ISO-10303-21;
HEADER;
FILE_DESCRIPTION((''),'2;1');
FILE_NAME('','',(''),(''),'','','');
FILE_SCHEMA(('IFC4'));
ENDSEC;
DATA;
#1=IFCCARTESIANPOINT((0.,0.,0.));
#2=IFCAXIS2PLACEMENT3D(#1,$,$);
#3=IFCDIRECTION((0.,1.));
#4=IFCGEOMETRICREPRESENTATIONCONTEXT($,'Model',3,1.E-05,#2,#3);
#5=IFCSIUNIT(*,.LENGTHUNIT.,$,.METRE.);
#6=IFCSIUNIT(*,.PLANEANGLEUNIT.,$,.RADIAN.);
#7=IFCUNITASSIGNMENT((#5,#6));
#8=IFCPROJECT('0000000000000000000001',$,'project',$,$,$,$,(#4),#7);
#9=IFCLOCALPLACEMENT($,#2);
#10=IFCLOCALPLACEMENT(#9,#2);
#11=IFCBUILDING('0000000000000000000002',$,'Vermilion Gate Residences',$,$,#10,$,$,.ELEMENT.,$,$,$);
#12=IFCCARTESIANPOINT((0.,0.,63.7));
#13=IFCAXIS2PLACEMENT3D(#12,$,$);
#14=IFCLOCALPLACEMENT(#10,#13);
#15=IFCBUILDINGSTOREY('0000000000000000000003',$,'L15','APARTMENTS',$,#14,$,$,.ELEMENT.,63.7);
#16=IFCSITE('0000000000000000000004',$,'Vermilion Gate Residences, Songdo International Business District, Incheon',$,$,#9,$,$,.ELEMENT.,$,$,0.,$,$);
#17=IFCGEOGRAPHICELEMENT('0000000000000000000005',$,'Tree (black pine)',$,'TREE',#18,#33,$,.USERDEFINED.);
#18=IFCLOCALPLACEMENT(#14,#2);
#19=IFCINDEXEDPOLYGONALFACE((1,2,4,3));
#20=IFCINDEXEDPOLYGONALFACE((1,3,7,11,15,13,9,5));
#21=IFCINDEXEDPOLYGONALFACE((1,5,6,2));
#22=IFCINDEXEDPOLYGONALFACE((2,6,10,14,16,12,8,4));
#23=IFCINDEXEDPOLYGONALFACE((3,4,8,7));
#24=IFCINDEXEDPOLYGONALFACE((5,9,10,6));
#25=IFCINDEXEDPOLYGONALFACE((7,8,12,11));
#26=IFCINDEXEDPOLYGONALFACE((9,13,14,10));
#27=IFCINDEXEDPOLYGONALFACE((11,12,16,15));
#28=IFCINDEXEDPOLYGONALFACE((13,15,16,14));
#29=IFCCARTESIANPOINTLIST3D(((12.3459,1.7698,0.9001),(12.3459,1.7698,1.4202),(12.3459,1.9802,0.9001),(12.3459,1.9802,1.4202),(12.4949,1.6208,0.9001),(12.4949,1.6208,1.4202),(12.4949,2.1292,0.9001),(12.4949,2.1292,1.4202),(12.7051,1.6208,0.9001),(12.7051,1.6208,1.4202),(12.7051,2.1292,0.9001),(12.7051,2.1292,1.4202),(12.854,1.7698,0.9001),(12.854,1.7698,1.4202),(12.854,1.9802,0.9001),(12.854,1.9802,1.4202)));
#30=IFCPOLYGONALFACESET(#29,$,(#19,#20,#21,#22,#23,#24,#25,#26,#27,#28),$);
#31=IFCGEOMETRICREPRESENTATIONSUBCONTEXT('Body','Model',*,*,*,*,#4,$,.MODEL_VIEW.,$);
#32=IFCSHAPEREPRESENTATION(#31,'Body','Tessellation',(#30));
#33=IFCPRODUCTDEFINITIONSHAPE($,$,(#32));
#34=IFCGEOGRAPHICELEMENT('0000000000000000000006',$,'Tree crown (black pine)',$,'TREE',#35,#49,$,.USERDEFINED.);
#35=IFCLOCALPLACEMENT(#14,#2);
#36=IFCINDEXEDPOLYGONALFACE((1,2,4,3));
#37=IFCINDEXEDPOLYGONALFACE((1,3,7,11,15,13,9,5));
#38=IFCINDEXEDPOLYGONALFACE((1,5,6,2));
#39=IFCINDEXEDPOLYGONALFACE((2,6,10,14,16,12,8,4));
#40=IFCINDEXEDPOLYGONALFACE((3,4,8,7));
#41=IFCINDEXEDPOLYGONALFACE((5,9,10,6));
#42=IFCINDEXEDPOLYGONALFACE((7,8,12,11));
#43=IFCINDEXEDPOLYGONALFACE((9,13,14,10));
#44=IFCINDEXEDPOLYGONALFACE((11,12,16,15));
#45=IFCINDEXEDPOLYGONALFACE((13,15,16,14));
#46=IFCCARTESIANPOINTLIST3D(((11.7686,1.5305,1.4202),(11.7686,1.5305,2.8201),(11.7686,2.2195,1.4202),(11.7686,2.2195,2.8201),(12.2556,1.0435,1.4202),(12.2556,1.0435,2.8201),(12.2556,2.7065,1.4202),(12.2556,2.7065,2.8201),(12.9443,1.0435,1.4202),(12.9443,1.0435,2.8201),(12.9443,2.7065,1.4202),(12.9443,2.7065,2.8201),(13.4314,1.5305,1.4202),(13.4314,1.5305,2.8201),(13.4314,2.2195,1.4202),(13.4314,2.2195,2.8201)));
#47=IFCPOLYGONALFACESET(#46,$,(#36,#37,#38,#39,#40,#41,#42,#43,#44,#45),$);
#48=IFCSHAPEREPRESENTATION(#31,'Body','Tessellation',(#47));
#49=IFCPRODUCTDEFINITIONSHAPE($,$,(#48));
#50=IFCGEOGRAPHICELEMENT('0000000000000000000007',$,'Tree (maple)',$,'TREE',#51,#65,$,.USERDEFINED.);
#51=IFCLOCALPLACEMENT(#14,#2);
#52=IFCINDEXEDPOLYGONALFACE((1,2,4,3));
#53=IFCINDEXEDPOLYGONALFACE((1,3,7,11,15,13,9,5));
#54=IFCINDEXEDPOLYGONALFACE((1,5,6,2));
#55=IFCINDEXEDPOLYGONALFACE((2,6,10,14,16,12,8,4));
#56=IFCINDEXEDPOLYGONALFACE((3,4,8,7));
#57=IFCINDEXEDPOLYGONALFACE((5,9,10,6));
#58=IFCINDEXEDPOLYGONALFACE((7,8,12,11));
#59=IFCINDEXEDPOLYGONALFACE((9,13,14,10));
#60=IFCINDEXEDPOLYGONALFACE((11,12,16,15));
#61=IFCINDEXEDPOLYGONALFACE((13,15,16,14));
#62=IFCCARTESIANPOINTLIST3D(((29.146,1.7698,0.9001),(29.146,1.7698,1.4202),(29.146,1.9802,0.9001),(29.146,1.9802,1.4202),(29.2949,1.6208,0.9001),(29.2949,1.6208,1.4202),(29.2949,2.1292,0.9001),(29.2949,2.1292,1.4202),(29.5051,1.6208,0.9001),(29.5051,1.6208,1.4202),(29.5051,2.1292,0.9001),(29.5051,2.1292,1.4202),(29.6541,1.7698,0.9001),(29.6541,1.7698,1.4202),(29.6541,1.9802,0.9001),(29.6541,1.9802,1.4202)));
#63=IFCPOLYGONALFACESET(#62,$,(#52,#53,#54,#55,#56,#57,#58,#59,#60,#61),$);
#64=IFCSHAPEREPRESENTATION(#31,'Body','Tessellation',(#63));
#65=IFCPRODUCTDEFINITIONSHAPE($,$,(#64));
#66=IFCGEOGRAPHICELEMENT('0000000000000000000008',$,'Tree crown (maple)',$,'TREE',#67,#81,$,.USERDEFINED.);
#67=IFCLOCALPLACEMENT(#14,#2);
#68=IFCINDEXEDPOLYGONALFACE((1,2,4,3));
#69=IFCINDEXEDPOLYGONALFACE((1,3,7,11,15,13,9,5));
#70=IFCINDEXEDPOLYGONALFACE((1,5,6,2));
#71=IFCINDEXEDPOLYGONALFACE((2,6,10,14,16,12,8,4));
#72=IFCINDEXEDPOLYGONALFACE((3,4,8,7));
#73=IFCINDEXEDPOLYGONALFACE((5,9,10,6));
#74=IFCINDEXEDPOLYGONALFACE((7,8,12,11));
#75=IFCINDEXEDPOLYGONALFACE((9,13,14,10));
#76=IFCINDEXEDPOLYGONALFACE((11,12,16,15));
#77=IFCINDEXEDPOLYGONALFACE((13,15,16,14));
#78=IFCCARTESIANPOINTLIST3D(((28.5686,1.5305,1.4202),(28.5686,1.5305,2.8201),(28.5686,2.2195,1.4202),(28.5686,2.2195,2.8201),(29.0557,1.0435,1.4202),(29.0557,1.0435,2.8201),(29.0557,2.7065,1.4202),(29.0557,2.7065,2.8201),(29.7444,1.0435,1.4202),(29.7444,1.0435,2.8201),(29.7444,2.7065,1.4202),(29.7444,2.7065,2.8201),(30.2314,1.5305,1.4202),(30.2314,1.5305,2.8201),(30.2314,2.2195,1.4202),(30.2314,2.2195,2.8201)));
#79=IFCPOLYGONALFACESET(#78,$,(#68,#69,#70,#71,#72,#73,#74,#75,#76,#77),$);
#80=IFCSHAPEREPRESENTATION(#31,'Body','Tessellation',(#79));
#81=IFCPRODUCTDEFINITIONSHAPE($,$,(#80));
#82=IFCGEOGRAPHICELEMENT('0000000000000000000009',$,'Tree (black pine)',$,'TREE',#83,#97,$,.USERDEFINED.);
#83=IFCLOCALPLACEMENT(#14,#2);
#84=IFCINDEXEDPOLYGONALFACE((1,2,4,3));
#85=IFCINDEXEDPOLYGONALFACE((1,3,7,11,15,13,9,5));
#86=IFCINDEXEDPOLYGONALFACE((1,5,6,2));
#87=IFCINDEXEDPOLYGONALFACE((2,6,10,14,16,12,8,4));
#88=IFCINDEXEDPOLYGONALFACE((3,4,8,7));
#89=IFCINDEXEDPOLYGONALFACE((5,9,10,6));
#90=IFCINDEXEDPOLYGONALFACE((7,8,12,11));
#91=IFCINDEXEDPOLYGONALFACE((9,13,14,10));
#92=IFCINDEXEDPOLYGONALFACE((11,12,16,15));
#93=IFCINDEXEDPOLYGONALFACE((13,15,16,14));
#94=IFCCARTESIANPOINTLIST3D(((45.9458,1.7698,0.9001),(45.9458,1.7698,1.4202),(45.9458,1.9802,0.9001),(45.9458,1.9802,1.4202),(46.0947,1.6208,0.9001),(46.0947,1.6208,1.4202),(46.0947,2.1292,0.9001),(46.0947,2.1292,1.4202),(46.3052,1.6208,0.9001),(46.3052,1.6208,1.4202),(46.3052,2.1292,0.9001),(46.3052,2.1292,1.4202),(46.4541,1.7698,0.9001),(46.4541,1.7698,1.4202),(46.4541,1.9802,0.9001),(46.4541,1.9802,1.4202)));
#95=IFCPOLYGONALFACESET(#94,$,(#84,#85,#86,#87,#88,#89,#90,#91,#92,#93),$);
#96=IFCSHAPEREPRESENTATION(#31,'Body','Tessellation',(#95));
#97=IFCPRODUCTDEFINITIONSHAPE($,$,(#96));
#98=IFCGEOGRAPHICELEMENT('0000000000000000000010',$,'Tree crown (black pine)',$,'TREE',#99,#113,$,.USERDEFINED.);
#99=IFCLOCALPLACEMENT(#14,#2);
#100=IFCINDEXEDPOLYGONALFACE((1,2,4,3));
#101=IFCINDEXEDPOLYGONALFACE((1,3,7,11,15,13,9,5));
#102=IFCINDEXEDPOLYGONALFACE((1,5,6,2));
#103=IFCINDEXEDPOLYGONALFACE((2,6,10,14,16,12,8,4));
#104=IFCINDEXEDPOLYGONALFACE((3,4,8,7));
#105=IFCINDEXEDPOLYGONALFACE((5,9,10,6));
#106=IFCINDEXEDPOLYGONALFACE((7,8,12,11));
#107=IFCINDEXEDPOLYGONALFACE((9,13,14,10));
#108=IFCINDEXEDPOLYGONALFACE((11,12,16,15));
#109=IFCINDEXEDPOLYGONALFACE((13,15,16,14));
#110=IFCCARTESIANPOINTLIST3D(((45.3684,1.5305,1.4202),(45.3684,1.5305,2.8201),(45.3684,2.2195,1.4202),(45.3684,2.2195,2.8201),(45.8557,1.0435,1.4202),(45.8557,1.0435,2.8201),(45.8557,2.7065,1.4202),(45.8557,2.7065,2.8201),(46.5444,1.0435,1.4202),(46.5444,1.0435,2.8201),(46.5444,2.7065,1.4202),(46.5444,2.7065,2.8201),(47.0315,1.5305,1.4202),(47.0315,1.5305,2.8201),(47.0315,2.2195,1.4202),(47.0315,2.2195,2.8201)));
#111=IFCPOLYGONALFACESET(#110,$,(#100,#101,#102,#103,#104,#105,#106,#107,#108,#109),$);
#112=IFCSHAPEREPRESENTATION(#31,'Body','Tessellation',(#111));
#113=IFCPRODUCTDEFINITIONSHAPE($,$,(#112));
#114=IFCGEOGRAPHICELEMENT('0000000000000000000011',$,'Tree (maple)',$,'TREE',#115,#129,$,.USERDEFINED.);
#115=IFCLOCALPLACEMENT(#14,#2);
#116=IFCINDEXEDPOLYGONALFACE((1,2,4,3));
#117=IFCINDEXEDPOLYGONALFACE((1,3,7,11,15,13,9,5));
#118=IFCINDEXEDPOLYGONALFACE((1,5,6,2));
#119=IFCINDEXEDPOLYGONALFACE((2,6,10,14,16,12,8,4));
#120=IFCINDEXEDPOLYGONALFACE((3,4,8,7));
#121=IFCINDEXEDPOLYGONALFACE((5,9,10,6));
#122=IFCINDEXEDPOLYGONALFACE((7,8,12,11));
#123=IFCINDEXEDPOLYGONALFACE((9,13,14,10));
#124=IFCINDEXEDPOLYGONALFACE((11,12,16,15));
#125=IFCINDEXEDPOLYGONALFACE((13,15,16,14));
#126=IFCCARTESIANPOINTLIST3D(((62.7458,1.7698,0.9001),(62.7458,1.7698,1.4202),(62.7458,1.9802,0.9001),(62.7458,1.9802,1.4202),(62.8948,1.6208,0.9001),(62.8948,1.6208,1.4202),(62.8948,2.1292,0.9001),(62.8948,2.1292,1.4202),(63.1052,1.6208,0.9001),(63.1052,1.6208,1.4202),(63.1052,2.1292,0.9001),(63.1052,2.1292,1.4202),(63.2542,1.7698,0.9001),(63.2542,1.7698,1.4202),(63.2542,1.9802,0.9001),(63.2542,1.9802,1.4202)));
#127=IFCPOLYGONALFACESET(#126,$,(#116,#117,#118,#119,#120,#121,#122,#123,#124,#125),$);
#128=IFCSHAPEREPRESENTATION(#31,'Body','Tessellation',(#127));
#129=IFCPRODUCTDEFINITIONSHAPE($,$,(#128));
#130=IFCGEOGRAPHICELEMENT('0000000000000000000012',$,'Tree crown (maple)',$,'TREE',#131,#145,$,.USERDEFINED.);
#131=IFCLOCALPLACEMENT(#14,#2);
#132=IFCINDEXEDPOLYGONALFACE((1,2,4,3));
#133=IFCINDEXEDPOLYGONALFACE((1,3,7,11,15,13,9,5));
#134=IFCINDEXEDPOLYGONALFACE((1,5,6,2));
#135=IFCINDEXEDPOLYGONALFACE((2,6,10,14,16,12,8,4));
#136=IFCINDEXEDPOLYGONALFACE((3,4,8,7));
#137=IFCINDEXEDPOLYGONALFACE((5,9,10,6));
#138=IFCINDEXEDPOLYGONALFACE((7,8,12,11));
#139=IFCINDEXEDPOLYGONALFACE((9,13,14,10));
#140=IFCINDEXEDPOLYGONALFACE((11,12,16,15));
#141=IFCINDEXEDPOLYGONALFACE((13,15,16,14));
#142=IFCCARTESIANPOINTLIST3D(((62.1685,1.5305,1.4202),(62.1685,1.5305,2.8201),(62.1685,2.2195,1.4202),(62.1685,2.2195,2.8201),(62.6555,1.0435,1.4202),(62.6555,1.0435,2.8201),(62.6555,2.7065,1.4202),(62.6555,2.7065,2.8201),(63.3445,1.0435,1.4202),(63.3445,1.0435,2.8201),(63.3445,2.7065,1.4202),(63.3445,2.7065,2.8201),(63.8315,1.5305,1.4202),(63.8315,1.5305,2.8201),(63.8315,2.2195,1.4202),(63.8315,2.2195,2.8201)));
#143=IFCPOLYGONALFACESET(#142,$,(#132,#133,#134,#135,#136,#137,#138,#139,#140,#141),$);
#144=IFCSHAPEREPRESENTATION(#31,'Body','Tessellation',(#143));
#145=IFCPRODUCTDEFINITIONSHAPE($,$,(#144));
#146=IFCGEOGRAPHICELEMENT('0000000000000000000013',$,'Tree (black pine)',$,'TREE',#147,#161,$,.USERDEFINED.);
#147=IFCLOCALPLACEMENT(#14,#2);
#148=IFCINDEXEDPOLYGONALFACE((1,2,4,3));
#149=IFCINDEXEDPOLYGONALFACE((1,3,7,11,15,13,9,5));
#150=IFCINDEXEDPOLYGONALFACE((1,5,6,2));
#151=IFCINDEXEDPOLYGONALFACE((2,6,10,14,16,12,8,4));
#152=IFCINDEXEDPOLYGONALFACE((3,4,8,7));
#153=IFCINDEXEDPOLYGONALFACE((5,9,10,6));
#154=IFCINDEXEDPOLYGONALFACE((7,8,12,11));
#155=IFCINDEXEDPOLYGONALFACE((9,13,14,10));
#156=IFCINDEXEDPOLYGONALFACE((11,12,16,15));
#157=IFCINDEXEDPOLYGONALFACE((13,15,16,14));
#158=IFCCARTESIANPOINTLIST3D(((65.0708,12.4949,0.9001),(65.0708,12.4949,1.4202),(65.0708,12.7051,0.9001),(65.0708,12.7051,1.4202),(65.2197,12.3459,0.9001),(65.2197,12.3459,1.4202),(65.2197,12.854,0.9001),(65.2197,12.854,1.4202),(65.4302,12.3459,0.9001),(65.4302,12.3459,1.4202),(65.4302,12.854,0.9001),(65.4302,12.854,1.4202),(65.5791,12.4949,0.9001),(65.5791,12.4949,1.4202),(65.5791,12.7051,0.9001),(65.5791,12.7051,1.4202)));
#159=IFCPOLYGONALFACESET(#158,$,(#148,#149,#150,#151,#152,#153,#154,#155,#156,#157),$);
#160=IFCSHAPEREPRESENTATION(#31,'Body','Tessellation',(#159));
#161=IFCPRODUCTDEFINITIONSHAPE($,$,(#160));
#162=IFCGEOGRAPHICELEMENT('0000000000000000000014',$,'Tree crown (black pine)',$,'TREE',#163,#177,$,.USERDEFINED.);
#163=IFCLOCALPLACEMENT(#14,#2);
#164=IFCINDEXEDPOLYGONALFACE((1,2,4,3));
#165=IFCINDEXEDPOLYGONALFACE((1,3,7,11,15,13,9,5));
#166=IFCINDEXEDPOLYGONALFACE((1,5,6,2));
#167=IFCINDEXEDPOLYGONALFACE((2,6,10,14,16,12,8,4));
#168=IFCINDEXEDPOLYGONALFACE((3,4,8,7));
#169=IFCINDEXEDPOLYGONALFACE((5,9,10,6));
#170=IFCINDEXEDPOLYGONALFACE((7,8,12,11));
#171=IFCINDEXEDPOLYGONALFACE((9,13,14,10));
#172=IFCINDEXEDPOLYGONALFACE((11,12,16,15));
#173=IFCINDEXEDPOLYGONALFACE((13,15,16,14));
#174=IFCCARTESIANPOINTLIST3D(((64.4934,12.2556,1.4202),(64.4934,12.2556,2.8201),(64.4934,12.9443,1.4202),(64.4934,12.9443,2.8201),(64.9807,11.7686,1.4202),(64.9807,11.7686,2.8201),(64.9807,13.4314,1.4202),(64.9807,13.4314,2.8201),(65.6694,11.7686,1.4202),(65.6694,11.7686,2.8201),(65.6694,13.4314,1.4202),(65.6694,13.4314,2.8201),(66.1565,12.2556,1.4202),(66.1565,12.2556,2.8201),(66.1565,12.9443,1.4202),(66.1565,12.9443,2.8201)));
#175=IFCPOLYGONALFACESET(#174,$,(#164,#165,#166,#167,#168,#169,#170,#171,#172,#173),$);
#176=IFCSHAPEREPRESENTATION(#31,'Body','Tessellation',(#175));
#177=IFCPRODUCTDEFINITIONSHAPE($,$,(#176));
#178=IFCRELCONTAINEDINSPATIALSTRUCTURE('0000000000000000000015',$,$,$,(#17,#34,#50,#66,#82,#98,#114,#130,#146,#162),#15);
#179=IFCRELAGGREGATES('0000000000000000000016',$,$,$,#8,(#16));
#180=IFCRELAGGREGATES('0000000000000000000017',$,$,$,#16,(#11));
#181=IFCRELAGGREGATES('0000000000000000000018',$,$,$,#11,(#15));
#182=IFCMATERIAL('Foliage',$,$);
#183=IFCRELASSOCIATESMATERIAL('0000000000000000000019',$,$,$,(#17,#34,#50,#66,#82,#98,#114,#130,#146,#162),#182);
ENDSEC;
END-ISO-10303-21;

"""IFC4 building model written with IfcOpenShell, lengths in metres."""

from ifc_helpers import new_model, si_unit, direction, frame, origin, place, context, subcontext, project, spatial, polyline, outline, extrude, material, element, save


model = new_model("IFC4")

# Units and contexts
model_context = context("Model", 3, precision=1e-05, world=origin(), true_north=direction((0.0, 1.0)))
body_context = subcontext(model_context, "Body", "Model", "MODEL_VIEW")
ifc_project = project(units=[si_unit("LENGTHUNIT", "METRE"), si_unit("PLANEANGLEUNIT", "RADIAN")], contexts=[model_context])

# Site, building, storey
site_placement = place(None, origin())
site = spatial("IfcSite", under=ifc_project, at=site_placement, Name="Vermilion Gate Residences, Songdo International Business District, Incheon", CompositionType="ELEMENT", RefElevation=0.0)
building_placement = place(site_placement, origin())
building = spatial("IfcBuilding", under=site, at=building_placement, Name="Vermilion Gate Residences", CompositionType="ELEMENT")
storey_placement = place(building_placement, frame((0.0, 0.0, 63.7)))
storey = spatial("IfcBuildingStorey", under=building, at=storey_placement, Name="L15", Description="APARTMENTS", CompositionType="ELEMENT", Elevation=63.7)

# Geographic elements
ifc_material_1 = material(Name="Foliage")
geographic_element_1_placement = place(storey_placement, frame((0.0, 0.0, 0.9001)))
element("IfcGeographicElement", 1, at=geographic_element_1_placement, inside=storey, material=ifc_material_1, Name="Tree (black pine)", ObjectType="TREE", PredefinedType="USERDEFINED", context=body_context, shape_type="SweptSolid", body=[
    extrude(outline(polyline([(12.854, 1.9802), (12.7051, 2.1292), (12.4949, 2.1292), (12.3459, 1.9802), (12.3459, 1.7698), (12.4949, 1.6208), (12.7051, 1.6208), (12.854, 1.7698), (12.854, 1.9802)])), origin(), (0.0, 0.0, 1.0), 0.52),
])
geographic_element_2_placement = place(storey_placement, frame((0.0, 0.0, 1.4202)))
element("IfcGeographicElement", 2, at=geographic_element_2_placement, inside=storey, material=ifc_material_1, Name="Tree crown (black pine)", ObjectType="TREE", PredefinedType="USERDEFINED", context=body_context, shape_type="SweptSolid", body=[
    extrude(outline(polyline([(13.4314, 2.2195), (12.9443, 2.7065), (12.2556, 2.7065), (11.7686, 2.2195), (11.7686, 1.5305), (12.2556, 1.0435), (12.9443, 1.0435), (13.4314, 1.5305), (13.4314, 2.2195)])), origin(), (0.0, 0.0, 1.0), 1.3999),
])
geographic_element_3_placement = place(storey_placement, frame((0.0, 0.0, 0.9001)))
element("IfcGeographicElement", 3, at=geographic_element_3_placement, inside=storey, material=ifc_material_1, Name="Tree (maple)", ObjectType="TREE", PredefinedType="USERDEFINED", context=body_context, shape_type="SweptSolid", body=[
    extrude(outline(polyline([(29.6541, 1.9802), (29.5051, 2.1292), (29.2949, 2.1292), (29.146, 1.9802), (29.146, 1.7698), (29.2949, 1.6208), (29.5051, 1.6208), (29.6541, 1.7698), (29.6541, 1.9802)])), origin(), (0.0, 0.0, 1.0), 0.52),
])
geographic_element_4_placement = place(storey_placement, frame((0.0, 0.0, 1.4202)))
element("IfcGeographicElement", 4, at=geographic_element_4_placement, inside=storey, material=ifc_material_1, Name="Tree crown (maple)", ObjectType="TREE", PredefinedType="USERDEFINED", context=body_context, shape_type="SweptSolid", body=[
    extrude(outline(polyline([(30.2314, 2.2195), (29.7444, 2.7065), (29.0557, 2.7065), (28.5686, 2.2195), (28.5686, 1.5305), (29.0557, 1.0435), (29.7444, 1.0435), (30.2314, 1.5305), (30.2314, 2.2195)])), origin(), (0.0, 0.0, 1.0), 1.3999),
])
geographic_element_5_placement = place(storey_placement, frame((0.0, 0.0, 0.9001)))
element("IfcGeographicElement", 5, at=geographic_element_5_placement, inside=storey, material=ifc_material_1, Name="Tree (black pine)", ObjectType="TREE", PredefinedType="USERDEFINED", context=body_context, shape_type="SweptSolid", body=[
    extrude(outline(polyline([(46.4541, 1.9802), (46.3052, 2.1292), (46.0947, 2.1292), (45.9458, 1.9802), (45.9458, 1.7698), (46.0947, 1.6208), (46.3052, 1.6208), (46.4541, 1.7698), (46.4541, 1.9802)])), origin(), (0.0, 0.0, 1.0), 0.52),
])
geographic_element_6_placement = place(storey_placement, frame((0.0, 0.0, 1.4202)))
element("IfcGeographicElement", 6, at=geographic_element_6_placement, inside=storey, material=ifc_material_1, Name="Tree crown (black pine)", ObjectType="TREE", PredefinedType="USERDEFINED", context=body_context, shape_type="SweptSolid", body=[
    extrude(outline(polyline([(47.0315, 2.2195), (46.5444, 2.7065), (45.8557, 2.7065), (45.3684, 2.2195), (45.3684, 1.5305), (45.8557, 1.0435), (46.5444, 1.0435), (47.0315, 1.5305), (47.0315, 2.2195)])), origin(), (0.0, 0.0, 1.0), 1.3999),
])
geographic_element_7_placement = place(storey_placement, frame((0.0, 0.0, 0.9001)))
element("IfcGeographicElement", 7, at=geographic_element_7_placement, inside=storey, material=ifc_material_1, Name="Tree (maple)", ObjectType="TREE", PredefinedType="USERDEFINED", context=body_context, shape_type="SweptSolid", body=[
    extrude(outline(polyline([(63.2542, 1.9802), (63.1052, 2.1292), (62.8948, 2.1292), (62.7458, 1.9802), (62.7458, 1.7698), (62.8948, 1.6208), (63.1052, 1.6208), (63.2542, 1.7698), (63.2542, 1.9802)])), origin(), (0.0, 0.0, 1.0), 0.52),
])
geographic_element_8_placement = place(storey_placement, frame((0.0, 0.0, 1.4202)))
element("IfcGeographicElement", 8, at=geographic_element_8_placement, inside=storey, material=ifc_material_1, Name="Tree crown (maple)", ObjectType="TREE", PredefinedType="USERDEFINED", context=body_context, shape_type="SweptSolid", body=[
    extrude(outline(polyline([(63.8315, 2.2195), (63.3445, 2.7065), (62.6555, 2.7065), (62.1685, 2.2195), (62.1685, 1.5305), (62.6555, 1.0435), (63.3445, 1.0435), (63.8315, 1.5305), (63.8315, 2.2195)])), origin(), (0.0, 0.0, 1.0), 1.3999),
])
geographic_element_9_placement = place(storey_placement, frame((0.0, 0.0, 0.9001)))
element("IfcGeographicElement", 9, at=geographic_element_9_placement, inside=storey, material=ifc_material_1, Name="Tree (black pine)", ObjectType="TREE", PredefinedType="USERDEFINED", context=body_context, shape_type="SweptSolid", body=[
    extrude(outline(polyline([(65.5791, 12.7051), (65.4302, 12.854), (65.2197, 12.854), (65.0708, 12.7051), (65.0708, 12.4949), (65.2197, 12.3459), (65.4302, 12.3459), (65.5791, 12.4949), (65.5791, 12.7051)])), origin(), (0.0, 0.0, 1.0), 0.52),
])
geographic_element_10_placement = place(storey_placement, frame((0.0, 0.0, 1.4202)))
element("IfcGeographicElement", 10, at=geographic_element_10_placement, inside=storey, material=ifc_material_1, Name="Tree crown (black pine)", ObjectType="TREE", PredefinedType="USERDEFINED", context=body_context, shape_type="SweptSolid", body=[
    extrude(outline(polyline([(66.1565, 12.9443), (65.6694, 13.4314), (64.9807, 13.4314), (64.4934, 12.9443), (64.4934, 12.2556), (64.9807, 11.7686), (65.6694, 11.7686), (66.1565, 12.2556), (66.1565, 12.9443)])), origin(), (0.0, 0.0, 1.0), 1.3999),
])

save(model, "model.ifc")
